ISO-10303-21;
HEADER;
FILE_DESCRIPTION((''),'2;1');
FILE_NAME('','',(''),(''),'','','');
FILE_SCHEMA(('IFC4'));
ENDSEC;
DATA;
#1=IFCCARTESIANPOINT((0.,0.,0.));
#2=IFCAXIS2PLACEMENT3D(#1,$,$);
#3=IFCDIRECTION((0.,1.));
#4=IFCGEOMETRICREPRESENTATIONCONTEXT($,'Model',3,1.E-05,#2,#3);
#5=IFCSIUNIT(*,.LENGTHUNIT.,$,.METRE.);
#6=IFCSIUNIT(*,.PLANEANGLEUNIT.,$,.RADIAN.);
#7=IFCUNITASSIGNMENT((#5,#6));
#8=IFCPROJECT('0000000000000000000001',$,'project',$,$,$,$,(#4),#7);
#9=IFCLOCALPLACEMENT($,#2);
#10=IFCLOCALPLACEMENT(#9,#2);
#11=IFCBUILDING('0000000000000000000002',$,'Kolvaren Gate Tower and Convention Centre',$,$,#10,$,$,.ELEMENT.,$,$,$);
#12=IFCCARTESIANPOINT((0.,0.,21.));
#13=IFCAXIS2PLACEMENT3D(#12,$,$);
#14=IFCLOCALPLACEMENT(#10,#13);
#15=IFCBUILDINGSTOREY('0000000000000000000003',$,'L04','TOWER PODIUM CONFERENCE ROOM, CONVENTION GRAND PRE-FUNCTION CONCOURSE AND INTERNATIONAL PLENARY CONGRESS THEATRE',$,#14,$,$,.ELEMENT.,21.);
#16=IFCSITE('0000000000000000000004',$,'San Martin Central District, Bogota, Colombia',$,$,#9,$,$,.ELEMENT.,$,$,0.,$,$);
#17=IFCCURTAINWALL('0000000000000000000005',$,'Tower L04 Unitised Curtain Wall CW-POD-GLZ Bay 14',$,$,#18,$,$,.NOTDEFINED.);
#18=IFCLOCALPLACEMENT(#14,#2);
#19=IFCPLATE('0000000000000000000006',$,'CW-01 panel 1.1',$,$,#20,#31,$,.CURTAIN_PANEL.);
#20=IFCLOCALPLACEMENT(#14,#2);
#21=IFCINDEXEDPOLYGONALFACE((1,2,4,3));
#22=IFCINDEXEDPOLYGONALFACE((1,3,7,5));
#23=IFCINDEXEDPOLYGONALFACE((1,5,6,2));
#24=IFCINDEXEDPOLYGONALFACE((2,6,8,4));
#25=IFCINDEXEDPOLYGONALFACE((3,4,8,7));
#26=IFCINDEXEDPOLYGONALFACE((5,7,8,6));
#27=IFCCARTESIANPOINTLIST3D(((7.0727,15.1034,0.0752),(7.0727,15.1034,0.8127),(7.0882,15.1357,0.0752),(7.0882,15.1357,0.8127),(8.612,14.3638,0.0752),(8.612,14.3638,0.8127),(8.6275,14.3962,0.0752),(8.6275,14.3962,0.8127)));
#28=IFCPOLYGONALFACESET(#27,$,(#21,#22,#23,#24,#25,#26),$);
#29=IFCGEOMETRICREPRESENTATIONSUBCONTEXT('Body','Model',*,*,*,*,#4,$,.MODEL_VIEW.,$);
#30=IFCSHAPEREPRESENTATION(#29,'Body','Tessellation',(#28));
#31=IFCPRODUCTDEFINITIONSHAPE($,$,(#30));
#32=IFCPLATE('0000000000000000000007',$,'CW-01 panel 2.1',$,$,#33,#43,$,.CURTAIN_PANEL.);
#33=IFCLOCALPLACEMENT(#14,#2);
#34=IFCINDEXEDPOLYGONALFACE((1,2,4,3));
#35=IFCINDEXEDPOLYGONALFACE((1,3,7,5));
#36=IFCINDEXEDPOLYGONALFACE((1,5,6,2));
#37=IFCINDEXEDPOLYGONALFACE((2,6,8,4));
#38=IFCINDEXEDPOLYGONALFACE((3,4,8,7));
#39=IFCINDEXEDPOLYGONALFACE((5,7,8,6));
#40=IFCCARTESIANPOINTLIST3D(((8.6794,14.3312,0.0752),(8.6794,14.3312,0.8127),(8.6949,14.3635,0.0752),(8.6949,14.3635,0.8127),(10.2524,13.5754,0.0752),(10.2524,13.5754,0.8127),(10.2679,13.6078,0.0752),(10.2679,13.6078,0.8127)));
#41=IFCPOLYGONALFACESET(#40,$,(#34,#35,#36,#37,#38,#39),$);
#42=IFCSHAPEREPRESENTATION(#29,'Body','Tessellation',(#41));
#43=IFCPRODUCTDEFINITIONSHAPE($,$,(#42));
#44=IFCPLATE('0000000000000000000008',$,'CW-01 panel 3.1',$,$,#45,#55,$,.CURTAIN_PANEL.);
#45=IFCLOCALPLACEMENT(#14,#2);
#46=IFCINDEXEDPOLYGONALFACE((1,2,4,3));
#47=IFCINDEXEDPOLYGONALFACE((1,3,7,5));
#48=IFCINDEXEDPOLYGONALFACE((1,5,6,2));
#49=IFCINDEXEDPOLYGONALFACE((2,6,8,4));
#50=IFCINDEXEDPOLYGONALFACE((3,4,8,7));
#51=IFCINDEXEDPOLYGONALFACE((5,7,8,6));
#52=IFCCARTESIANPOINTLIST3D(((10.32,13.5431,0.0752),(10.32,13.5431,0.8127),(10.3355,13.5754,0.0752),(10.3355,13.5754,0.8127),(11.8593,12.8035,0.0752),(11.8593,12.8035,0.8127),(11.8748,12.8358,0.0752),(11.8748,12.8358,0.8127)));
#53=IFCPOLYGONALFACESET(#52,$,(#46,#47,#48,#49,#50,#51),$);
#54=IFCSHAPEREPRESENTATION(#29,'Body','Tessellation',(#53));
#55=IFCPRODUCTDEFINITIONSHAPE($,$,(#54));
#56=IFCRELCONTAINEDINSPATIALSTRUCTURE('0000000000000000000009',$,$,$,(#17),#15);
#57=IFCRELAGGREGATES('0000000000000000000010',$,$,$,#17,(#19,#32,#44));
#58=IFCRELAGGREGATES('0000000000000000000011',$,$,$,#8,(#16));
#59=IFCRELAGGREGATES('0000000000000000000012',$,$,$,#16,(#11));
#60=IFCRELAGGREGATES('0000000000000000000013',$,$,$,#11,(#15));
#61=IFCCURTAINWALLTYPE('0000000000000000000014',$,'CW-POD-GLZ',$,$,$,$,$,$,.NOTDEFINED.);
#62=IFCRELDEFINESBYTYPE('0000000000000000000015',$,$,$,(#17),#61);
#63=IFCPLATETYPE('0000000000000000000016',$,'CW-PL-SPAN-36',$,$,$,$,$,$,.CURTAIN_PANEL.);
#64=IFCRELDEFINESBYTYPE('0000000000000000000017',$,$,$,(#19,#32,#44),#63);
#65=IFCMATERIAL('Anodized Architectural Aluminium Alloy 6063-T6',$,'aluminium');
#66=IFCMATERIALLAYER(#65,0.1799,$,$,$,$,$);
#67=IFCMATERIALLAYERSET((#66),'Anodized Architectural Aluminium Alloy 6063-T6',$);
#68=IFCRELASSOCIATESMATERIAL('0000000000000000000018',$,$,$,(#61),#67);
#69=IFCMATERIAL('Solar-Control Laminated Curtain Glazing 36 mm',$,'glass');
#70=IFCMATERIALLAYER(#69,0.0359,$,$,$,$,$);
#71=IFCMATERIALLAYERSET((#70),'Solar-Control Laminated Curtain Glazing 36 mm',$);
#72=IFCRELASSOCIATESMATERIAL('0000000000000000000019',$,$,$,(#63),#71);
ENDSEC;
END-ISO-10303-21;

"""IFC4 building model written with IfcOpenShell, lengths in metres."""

from ifc_helpers import new_model, si_unit, direction, frame, origin, origin_2d, place, context, subcontext, project, spatial, rectangle, extrude, material, layer, layer_set, type_object, element, aggregate, save


model = new_model("IFC4")

# Units and contexts
model_context = context("Model", 3, precision=1e-05, world=origin(), true_north=direction((0.0, 1.0)))
body_context = subcontext(model_context, "Body", "Model", "MODEL_VIEW")
ifc_project = project(units=[si_unit("LENGTHUNIT", "METRE"), si_unit("PLANEANGLEUNIT", "RADIAN")], contexts=[model_context])

# Site, building, storey
site_placement = place(None, origin())
site = spatial("IfcSite", under=ifc_project, at=site_placement, Name="San Martin Central District, Bogota, Colombia", CompositionType="ELEMENT", RefElevation=0.0)
building_placement = place(site_placement, origin())
building = spatial("IfcBuilding", under=site, at=building_placement, Name="Kolvaren Gate Tower and Convention Centre", CompositionType="ELEMENT")
storey_placement = place(building_placement, frame((0.0, 0.0, 21.0)))
storey = spatial("IfcBuildingStorey", under=building, at=storey_placement, Name="L04", Description="TOWER PODIUM CONFERENCE ROOM, CONVENTION GRAND PRE-FUNCTION CONCOURSE AND INTERNATIONAL PLENARY CONGRESS THEATRE", CompositionType="ELEMENT", Elevation=21.0)

# Curtain wall
ifc_material_1 = material(Name="Anodized Architectural Aluminium Alloy 6063-T6", Category="aluminium")
ifc_layer_1 = layer(ifc_material_1, 0.1799)
ifc_layer_set_1 = layer_set([ifc_layer_1], Name="Anodized Architectural Aluminium Alloy 6063-T6")
curtain_wall_type = type_object("IfcCurtainWallType", Name="CW-POD-GLZ", PredefinedType="NOTDEFINED", material=ifc_layer_set_1)
curtain_wall_1_placement = place(storey_placement, origin())
curtain_wall_1 = element("IfcCurtainWall", 1, at=curtain_wall_1_placement, inside=storey, type_object=curtain_wall_type, Name="Tower L04 Unitised Curtain Wall CW-POD-GLZ Bay 14", PredefinedType="NOTDEFINED")

# Plates
ifc_material_2 = material(Name="Solar-Control Laminated Curtain Glazing 36 mm", Category="glass")
ifc_layer_2 = layer(ifc_material_2, 0.0359)
ifc_layer_set_2 = layer_set([ifc_layer_2], Name="Solar-Control Laminated Curtain Glazing 36 mm")
plate_type_1 = type_object("IfcPlateType", Name="CW-PL-SPAN-36", PredefinedType="CURTAIN_PANEL", material=ifc_layer_set_2)
plate_1_placement = place(storey_placement, frame((7.8501, 14.7498, 0.0752), z_axis=(0.0, 0.0, 1.0), x_axis=(0.901367, -0.433057, 0.0)))
plate_1 = element("IfcPlate", 2, at=plate_1_placement, type_object=plate_type_1, Name="CW-01 panel 1.1", PredefinedType="CURTAIN_PANEL", context=body_context, shape_type="SweptSolid", body=[
    extrude(rectangle(XDim=1.7078, YDim=0.0359, at=origin_2d()), origin(), (0.0, 0.0, 1.0), 0.7375),
])
plate_2_placement = place(storey_placement, frame((9.4736, 13.9695, 0.0752), z_axis=(0.0, 0.0, 1.0), x_axis=(0.901367, -0.433057, 0.0)))
plate_2 = element("IfcPlate", 3, at=plate_2_placement, type_object=plate_type_1, Name="CW-01 panel 2.1", PredefinedType="CURTAIN_PANEL", context=body_context, shape_type="SweptSolid", body=[
    extrude(rectangle(XDim=1.7451, YDim=0.0359, at=origin_2d()), origin(), (0.0, 0.0, 1.0), 0.7375),
])
plate_3_placement = place(storey_placement, frame((11.0974, 13.1895, 0.0752), z_axis=(0.0, 0.0, 1.0), x_axis=(0.901367, -0.433057, 0.0)))
plate_3 = element("IfcPlate", 4, at=plate_3_placement, type_object=plate_type_1, Name="CW-01 panel 3.1", PredefinedType="CURTAIN_PANEL", context=body_context, shape_type="SweptSolid", body=[
    extrude(rectangle(XDim=1.7078, YDim=0.0359, at=origin_2d()), origin(), (0.0, 0.0, 1.0), 0.7375),
])
aggregate(curtain_wall_1, [plate_1, plate_2, plate_3])

save(model, "model.ifc")
